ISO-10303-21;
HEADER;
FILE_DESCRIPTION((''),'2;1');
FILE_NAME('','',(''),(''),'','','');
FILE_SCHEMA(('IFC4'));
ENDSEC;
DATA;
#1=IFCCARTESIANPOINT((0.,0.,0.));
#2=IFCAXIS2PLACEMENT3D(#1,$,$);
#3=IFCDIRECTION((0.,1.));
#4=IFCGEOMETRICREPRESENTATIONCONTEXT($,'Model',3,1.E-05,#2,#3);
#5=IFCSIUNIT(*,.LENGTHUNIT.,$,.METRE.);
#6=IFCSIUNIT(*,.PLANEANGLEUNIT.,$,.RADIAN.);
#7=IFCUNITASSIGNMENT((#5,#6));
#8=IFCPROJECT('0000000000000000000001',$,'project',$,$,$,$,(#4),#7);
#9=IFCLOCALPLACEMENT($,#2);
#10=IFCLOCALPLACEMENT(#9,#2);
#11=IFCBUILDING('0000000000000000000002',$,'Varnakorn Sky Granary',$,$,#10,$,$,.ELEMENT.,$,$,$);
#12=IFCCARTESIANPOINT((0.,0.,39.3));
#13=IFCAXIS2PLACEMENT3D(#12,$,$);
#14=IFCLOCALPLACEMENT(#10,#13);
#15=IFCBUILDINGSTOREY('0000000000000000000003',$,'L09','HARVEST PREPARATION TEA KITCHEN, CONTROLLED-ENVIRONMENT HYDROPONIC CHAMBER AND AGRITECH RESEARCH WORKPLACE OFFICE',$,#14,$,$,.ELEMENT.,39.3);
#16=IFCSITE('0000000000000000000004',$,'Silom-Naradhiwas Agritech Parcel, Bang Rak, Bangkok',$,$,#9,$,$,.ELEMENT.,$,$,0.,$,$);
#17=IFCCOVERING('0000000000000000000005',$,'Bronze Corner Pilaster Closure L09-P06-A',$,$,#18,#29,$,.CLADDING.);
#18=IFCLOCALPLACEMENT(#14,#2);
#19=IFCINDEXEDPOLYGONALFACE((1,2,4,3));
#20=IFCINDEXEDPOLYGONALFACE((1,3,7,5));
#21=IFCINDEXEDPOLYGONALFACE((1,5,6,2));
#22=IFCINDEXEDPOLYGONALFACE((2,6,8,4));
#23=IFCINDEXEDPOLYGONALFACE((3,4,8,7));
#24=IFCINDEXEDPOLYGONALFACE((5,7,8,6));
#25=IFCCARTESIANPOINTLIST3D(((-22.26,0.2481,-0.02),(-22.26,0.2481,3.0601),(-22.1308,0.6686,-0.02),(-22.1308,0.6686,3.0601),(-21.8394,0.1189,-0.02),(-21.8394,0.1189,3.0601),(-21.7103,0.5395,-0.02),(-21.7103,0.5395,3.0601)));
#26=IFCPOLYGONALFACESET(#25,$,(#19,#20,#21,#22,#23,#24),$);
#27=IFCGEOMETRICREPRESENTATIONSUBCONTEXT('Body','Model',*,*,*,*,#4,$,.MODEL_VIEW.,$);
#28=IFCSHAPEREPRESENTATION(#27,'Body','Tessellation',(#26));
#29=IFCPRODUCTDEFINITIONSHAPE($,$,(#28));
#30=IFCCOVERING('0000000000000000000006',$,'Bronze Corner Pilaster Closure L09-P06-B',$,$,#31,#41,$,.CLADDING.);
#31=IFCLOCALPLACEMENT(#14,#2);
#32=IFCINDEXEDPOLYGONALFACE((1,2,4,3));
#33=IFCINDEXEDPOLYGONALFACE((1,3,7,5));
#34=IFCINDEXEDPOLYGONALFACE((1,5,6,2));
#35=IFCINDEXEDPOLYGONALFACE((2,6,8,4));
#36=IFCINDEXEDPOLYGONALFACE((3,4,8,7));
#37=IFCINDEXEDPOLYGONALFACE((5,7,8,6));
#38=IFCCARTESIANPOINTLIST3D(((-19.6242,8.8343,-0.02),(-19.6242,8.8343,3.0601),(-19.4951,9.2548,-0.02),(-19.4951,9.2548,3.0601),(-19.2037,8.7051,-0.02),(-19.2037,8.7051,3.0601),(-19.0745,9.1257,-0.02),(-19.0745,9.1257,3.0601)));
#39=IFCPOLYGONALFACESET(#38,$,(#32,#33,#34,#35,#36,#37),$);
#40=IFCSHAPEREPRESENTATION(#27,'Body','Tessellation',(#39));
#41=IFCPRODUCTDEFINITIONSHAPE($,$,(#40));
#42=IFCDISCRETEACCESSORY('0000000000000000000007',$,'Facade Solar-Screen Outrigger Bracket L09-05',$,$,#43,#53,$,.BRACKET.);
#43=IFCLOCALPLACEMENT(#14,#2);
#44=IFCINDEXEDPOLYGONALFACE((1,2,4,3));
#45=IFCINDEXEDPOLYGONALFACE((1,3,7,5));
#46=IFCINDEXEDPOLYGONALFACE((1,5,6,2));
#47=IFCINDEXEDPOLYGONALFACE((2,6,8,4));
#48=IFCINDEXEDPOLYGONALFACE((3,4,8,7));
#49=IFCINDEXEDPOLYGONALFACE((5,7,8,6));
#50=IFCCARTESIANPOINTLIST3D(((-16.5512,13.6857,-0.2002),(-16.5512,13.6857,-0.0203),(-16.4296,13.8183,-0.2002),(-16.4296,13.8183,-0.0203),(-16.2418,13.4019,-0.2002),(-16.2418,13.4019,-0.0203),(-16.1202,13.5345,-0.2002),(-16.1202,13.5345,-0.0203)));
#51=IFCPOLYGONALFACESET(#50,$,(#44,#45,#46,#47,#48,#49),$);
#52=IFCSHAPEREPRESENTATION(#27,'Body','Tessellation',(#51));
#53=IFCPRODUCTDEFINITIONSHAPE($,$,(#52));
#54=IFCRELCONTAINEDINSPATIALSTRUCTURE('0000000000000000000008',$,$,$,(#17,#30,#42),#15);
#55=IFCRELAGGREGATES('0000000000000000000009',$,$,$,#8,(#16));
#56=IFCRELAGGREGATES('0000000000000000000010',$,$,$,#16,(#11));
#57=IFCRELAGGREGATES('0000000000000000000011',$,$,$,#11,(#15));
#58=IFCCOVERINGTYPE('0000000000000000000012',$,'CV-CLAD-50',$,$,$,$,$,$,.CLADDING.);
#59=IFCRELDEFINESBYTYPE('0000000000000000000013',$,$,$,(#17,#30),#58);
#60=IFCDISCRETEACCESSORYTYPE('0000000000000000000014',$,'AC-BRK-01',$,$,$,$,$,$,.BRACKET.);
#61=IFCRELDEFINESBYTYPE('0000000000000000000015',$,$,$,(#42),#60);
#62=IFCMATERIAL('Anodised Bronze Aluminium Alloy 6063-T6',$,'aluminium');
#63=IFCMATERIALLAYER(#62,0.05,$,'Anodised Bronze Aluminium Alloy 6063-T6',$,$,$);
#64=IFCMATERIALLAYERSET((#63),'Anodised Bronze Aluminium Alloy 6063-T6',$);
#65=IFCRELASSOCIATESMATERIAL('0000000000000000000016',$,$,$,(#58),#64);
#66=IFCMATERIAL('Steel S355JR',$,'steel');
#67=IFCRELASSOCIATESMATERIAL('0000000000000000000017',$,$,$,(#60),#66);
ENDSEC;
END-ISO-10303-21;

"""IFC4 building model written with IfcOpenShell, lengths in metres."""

from ifc_helpers import new_model, si_unit, direction, frame, origin, origin_2d, place, context, subcontext, project, spatial, rectangle, extrude, source, transform, mapped, material, layer, layer_set, type_object, type_shapes, element, save


model = new_model("IFC4")

# Units and contexts
model_context = context("Model", 3, precision=1e-05, world=origin(), true_north=direction((0.0, 1.0)))
body_context = subcontext(model_context, "Body", "Model", "MODEL_VIEW")
ifc_project = project(units=[si_unit("LENGTHUNIT", "METRE"), si_unit("PLANEANGLEUNIT", "RADIAN")], contexts=[model_context])

# Site, building, storey
site_placement = place(None, origin())
site = spatial("IfcSite", under=ifc_project, at=site_placement, Name="Silom-Naradhiwas Agritech Parcel, Bang Rak, Bangkok", CompositionType="ELEMENT", RefElevation=0.0)
building_placement = place(site_placement, origin())
building = spatial("IfcBuilding", under=site, at=building_placement, Name="Varnakorn Sky Granary", CompositionType="ELEMENT")
storey_placement = place(building_placement, frame((0.0, 0.0, 39.3)))
storey = spatial("IfcBuildingStorey", under=building, at=storey_placement, Name="L09", Description="HARVEST PREPARATION TEA KITCHEN, CONTROLLED-ENVIRONMENT HYDROPONIC CHAMBER AND AGRITECH RESEARCH WORKPLACE OFFICE", CompositionType="ELEMENT", Elevation=39.3)

# Shared definitions
ifc_material_1 = material(Name="Steel S355JR", Category="steel")

# Shared definitions
ifc_material_2 = material(Name="Anodised Bronze Aluminium Alloy 6063-T6", Category="aluminium")

# Coverings
ifc_layer_1 = layer(ifc_material_2, 0.05, Name="Anodised Bronze Aluminium Alloy 6063-T6")
ifc_layer_set_1 = layer_set([ifc_layer_1], Name="Anodised Bronze Aluminium Alloy 6063-T6")
covering_type = type_object("IfcCoveringType", Name="CV-CLAD-50", PredefinedType="CLADDING", material=ifc_layer_set_1)
shared_shape_1 = source(origin(), body_context, "Body", "SweptSolid", [
    extrude(rectangle(XDim=0.4399, YDim=0.4399, at=origin_2d()), origin(), (0.0, 0.0, 1.0), 3.0801),
])
type_shapes(covering_type, [shared_shape_1])
for number, where, z_axis, x_axis, name in (
    (1, (-21.9851, 0.3938, -0.02), (0.0, 0.0, 1.0), (0.29354, 0.955947, 0.0), "Bronze Corner Pilaster Closure L09-P06-A"),
    (2, (-19.3494, 8.98, -0.02), (0.0, 0.0, 1.0), (0.29354, 0.955947, 0.0), "Bronze Corner Pilaster Closure L09-P06-B"),
):
    element("IfcCovering", number, at=place(storey_placement, frame(where, z_axis=z_axis, x_axis=x_axis)), inside=storey, type_object=covering_type, Name=name, PredefinedType="CLADDING", context=body_context, shape_type="MappedRepresentation", body=[
        mapped(shared_shape_1, transform((0.0, 0.0, 0.0), x_axis=(1.0, 0.0, 0.0), y_axis=(0.0, 1.0, 0.0), z_axis=(0.0, 0.0, 1.0), scale=1.0)),
    ])

# Discrete accessory
discrete_accessory_type = type_object("IfcDiscreteAccessoryType", Name="AC-BRK-01", PredefinedType="BRACKET", material=ifc_material_1)
shared_shape_2 = source(origin(), body_context, "Body", "SweptSolid", [
    extrude(rectangle(XDim=0.1799, YDim=0.4199, at=origin_2d()), origin(), (0.0, 0.0, 1.0), 0.1799),
])
type_shapes(discrete_accessory_type, [shared_shape_2])
discrete_accessory_placement = place(storey_placement, frame((-16.3357, 13.6101, -0.2002), z_axis=(0.0, 0.0, 1.0), x_axis=(-0.676014, -0.736889, 0.0)))
element("IfcDiscreteAccessory", 3, at=discrete_accessory_placement, inside=storey, type_object=discrete_accessory_type, Name="Facade Solar-Screen Outrigger Bracket L09-05", PredefinedType="BRACKET", context=body_context, shape_type="MappedRepresentation", body=[
    mapped(shared_shape_2, transform((0.0, 0.0, 0.0), x_axis=(1.0, 0.0, 0.0), y_axis=(0.0, 1.0, 0.0), z_axis=(0.0, 0.0, 1.0), scale=1.0)),
])

save(model, "model.ifc")
